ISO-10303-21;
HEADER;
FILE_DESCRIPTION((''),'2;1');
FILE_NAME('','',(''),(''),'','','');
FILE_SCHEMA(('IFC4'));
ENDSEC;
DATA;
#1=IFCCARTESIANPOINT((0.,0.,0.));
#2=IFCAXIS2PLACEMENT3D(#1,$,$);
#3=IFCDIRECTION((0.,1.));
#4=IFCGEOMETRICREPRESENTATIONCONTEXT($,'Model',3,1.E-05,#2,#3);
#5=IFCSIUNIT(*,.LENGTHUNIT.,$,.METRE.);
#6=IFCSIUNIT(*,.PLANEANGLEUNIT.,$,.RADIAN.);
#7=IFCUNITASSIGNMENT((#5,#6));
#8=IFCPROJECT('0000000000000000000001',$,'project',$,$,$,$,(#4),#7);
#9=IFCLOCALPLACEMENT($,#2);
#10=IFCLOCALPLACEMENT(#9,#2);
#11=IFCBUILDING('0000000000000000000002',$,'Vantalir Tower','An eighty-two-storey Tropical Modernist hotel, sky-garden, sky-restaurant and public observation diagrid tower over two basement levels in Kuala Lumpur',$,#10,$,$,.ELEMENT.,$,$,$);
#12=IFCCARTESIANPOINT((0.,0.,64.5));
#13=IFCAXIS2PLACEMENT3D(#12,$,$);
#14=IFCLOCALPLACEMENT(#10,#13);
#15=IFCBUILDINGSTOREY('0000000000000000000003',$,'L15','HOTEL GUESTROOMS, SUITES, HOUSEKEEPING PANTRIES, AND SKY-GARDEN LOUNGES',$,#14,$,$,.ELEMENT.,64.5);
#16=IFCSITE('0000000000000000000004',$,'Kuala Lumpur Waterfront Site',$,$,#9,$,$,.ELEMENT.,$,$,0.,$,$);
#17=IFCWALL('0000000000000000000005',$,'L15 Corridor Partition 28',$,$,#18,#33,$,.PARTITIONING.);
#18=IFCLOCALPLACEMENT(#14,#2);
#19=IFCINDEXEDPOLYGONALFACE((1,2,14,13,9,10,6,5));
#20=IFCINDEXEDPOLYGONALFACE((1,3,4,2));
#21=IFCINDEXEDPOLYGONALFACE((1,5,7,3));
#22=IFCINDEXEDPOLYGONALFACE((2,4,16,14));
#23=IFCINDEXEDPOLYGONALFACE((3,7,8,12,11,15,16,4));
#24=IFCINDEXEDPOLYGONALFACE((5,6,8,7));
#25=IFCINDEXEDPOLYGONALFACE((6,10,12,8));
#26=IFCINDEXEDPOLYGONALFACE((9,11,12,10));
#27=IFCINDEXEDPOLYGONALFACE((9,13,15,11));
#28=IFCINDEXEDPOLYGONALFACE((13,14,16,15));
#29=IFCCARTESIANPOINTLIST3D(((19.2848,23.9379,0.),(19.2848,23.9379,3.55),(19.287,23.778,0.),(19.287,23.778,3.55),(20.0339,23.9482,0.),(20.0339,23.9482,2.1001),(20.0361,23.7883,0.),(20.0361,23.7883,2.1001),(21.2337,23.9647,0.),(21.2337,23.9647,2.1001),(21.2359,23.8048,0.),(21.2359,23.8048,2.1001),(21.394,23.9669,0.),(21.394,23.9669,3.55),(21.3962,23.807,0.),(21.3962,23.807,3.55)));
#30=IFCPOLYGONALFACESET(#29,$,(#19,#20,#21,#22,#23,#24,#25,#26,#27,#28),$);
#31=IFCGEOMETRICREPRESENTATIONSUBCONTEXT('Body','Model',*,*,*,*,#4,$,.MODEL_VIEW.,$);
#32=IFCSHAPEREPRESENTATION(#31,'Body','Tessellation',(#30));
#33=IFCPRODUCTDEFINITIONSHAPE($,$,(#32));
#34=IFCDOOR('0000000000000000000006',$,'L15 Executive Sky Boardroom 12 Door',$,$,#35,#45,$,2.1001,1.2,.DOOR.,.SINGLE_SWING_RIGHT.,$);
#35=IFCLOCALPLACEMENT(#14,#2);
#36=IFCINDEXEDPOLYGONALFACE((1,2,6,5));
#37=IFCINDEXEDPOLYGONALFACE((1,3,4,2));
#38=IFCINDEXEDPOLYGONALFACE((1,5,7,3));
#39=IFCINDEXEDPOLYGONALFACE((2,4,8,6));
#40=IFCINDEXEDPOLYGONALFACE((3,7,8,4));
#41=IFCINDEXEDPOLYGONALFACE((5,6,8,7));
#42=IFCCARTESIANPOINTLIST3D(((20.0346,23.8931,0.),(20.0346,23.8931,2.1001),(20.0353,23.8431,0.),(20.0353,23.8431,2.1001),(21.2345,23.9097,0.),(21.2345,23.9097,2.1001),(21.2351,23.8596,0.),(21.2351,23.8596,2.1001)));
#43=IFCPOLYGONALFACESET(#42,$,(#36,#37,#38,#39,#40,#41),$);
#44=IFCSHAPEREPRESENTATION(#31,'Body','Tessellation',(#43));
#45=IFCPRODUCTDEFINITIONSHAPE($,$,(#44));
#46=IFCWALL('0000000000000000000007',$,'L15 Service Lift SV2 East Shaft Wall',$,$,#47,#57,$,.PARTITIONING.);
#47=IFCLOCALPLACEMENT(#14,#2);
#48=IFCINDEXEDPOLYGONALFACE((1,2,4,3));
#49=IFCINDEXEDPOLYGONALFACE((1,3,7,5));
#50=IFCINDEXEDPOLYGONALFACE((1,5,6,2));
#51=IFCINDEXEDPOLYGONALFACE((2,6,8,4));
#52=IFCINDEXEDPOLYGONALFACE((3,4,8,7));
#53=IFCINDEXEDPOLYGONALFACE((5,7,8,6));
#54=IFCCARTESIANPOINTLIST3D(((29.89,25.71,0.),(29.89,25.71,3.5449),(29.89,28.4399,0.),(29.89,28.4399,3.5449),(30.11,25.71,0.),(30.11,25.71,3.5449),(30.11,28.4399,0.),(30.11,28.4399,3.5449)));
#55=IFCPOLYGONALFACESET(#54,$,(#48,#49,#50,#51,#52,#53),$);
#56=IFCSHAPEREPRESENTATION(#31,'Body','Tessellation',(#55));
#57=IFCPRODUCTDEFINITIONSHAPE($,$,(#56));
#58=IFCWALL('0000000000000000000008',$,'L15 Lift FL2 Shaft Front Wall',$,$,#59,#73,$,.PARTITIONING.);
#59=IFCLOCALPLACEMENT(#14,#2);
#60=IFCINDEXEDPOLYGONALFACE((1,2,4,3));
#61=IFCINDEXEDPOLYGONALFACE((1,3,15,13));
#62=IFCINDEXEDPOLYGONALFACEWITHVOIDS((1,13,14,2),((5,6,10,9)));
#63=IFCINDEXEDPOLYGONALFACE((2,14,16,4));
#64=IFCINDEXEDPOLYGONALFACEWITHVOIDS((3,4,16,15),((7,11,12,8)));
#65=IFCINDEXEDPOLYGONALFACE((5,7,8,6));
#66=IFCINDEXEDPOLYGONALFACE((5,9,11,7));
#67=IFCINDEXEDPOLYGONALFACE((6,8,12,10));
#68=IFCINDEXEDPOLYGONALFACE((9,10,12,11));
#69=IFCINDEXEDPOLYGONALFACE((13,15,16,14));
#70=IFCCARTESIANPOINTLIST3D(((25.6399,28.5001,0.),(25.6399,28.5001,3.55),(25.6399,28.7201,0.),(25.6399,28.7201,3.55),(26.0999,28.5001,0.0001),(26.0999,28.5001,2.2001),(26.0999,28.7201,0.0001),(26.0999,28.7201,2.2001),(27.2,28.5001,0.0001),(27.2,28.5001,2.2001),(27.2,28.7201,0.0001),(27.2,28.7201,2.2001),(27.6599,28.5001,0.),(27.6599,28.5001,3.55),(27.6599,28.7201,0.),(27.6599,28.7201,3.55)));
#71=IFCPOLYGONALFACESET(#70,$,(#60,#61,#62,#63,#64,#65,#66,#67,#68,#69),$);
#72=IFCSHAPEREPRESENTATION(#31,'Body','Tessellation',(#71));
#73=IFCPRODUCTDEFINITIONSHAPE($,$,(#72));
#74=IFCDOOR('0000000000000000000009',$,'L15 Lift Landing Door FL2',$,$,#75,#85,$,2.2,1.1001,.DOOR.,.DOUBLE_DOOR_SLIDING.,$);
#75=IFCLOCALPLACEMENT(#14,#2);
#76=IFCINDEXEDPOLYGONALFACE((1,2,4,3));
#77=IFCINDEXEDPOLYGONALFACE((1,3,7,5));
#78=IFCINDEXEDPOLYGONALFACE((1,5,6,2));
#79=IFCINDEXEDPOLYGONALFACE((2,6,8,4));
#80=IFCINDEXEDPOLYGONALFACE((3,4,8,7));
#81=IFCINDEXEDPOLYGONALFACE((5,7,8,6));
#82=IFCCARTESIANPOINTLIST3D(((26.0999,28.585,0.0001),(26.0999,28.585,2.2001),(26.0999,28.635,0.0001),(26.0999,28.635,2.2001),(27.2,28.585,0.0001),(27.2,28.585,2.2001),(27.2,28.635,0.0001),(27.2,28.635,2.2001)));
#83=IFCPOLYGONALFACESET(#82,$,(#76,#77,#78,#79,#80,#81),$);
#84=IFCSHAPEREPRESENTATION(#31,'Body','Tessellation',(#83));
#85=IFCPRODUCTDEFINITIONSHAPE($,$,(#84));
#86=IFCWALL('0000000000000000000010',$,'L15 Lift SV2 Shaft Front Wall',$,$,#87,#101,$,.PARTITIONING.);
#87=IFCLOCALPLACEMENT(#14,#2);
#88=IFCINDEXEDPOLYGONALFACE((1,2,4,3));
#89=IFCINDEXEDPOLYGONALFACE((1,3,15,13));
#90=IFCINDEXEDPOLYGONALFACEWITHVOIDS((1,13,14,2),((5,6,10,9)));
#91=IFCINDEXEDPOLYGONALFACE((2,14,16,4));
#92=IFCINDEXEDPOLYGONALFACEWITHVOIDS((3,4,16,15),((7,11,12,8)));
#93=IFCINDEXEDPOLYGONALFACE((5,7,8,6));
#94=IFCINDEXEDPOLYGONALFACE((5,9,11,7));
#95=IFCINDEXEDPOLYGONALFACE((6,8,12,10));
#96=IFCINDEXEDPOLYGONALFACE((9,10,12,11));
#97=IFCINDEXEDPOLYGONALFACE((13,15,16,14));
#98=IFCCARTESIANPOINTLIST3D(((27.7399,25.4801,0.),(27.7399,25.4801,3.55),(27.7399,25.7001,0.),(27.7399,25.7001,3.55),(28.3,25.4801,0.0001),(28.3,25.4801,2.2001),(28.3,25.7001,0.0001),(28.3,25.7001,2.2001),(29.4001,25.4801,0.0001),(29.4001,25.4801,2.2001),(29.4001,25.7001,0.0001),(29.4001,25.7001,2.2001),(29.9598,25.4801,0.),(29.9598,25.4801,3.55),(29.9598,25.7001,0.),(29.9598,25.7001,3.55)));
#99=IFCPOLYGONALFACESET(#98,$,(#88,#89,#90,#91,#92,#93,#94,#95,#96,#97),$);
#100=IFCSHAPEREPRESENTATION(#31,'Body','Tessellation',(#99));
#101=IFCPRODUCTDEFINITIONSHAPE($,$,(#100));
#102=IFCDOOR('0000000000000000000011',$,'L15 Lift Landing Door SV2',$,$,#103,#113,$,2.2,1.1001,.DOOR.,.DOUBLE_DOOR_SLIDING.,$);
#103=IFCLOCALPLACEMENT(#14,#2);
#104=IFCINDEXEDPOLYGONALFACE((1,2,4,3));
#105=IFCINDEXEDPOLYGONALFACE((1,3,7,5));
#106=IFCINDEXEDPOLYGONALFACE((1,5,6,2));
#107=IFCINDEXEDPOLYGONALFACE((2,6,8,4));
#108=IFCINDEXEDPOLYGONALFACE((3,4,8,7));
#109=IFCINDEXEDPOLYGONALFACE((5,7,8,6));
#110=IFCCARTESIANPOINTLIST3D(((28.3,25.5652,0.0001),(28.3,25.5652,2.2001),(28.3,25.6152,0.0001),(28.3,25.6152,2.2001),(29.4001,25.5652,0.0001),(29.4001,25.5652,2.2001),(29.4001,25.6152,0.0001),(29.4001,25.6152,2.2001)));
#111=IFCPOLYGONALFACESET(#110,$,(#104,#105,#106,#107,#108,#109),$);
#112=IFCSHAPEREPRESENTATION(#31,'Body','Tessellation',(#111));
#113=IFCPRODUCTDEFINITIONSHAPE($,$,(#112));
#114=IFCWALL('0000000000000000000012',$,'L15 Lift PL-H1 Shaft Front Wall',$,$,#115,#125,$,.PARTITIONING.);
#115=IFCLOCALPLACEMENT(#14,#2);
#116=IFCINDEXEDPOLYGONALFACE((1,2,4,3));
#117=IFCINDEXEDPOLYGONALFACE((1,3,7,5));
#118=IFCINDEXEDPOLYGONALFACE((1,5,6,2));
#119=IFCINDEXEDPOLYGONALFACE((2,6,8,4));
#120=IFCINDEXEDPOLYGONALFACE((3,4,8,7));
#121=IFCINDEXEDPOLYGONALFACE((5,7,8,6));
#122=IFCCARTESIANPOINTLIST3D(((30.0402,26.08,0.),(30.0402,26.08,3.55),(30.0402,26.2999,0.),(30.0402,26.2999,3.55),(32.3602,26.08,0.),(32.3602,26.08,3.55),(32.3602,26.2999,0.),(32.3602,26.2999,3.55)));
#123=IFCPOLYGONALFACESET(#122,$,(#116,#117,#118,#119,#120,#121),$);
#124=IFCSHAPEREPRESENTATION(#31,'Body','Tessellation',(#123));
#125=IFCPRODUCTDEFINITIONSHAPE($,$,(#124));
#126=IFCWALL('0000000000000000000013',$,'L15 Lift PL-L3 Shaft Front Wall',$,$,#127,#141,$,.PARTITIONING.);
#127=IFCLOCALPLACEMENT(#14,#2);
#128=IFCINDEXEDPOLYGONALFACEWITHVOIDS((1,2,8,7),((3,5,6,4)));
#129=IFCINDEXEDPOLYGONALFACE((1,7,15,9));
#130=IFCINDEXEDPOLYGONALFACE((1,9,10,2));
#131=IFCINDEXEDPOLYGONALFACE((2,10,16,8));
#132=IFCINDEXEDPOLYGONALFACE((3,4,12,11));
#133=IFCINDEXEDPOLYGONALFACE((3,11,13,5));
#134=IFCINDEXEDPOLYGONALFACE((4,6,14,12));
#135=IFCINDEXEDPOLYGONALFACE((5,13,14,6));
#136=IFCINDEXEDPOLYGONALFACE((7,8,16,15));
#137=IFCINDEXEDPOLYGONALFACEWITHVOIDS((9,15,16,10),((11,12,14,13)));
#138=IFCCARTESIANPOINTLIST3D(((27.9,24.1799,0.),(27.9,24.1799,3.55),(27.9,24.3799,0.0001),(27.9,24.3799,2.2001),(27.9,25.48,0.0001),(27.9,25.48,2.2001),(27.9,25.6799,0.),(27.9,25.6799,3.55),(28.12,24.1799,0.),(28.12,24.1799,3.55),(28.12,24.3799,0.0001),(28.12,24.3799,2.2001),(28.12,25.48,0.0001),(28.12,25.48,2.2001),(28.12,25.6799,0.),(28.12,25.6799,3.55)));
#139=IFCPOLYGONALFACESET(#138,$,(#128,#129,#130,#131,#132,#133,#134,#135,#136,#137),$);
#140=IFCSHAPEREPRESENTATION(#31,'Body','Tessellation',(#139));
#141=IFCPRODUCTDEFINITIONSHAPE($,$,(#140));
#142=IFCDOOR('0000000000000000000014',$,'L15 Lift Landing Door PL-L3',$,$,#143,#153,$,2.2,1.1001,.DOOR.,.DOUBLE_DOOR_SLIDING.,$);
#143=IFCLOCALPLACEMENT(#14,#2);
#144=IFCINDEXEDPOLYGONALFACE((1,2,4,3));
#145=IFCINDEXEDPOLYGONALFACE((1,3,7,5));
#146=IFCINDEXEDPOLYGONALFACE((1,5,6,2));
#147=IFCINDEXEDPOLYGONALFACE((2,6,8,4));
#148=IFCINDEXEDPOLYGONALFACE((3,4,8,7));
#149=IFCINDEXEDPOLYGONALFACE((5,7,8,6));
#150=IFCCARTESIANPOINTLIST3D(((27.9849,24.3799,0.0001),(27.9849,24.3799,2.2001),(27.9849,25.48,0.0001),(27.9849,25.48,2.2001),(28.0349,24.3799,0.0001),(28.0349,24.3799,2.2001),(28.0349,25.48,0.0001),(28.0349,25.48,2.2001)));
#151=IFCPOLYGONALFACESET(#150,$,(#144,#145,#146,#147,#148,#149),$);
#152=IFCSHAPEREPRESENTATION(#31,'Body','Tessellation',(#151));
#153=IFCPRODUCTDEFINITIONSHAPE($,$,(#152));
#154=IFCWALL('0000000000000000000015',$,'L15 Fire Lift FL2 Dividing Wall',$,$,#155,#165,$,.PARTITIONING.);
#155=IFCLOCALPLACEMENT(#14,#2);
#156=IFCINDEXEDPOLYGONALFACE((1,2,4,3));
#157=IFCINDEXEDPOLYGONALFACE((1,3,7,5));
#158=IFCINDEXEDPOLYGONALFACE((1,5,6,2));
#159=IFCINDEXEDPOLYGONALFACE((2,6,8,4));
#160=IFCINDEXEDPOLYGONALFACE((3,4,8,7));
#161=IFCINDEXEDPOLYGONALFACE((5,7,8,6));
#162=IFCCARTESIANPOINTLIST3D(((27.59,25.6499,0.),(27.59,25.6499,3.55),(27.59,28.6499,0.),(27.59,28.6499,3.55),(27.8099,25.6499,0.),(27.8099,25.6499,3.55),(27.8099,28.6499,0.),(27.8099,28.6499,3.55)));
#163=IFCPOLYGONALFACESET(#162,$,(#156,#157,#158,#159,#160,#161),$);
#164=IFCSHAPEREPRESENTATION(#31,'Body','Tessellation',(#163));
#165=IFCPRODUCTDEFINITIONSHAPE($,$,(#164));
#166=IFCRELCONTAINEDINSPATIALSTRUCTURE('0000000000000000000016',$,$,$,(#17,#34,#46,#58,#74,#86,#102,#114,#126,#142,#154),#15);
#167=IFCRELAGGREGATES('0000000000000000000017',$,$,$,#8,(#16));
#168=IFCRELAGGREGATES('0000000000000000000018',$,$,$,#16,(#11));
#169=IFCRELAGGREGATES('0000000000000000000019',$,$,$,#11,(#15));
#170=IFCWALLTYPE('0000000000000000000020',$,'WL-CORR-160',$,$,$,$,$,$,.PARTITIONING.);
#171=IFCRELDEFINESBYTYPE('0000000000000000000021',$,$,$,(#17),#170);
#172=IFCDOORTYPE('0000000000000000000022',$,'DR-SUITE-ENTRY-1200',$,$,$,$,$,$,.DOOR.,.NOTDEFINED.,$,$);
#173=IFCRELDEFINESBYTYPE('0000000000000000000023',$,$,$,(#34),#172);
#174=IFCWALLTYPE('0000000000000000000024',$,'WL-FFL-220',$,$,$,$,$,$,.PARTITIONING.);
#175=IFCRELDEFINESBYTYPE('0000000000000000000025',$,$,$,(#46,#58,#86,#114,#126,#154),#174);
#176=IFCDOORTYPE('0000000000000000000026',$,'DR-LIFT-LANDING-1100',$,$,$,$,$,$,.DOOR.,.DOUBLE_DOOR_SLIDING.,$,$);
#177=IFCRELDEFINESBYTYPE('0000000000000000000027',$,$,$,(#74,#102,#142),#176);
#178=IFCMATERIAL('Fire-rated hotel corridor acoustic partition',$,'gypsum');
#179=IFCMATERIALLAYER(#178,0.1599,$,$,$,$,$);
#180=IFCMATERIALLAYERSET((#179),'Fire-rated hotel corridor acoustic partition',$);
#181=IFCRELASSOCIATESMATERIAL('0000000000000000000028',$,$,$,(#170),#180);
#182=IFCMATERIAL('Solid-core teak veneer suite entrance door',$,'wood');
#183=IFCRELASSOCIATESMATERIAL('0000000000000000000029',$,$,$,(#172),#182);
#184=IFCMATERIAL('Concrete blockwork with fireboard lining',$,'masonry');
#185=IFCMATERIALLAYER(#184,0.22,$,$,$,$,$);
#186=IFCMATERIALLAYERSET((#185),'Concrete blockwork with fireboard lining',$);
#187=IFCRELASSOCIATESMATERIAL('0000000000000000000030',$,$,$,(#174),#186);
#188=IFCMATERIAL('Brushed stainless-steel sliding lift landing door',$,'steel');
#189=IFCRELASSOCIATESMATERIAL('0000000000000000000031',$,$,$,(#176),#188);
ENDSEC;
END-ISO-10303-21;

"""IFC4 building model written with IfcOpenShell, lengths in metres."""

from ifc_helpers import new_model, si_unit, direction, frame, frame_2d, origin, place, context, subcontext, project, spatial, rectangle, extrude, material, layer, layer_set, type_object, element, fill, save


model = new_model("IFC4")

# Units and contexts
model_context = context("Model", 3, precision=1e-05, world=origin(), true_north=direction((0.0, 1.0)))
body_context = subcontext(model_context, "Body", "Model", "MODEL_VIEW")
ifc_project = project(units=[si_unit("LENGTHUNIT", "METRE"), si_unit("PLANEANGLEUNIT", "RADIAN")], contexts=[model_context])

# Site, building, storey
site_placement = place(None, origin())
site = spatial("IfcSite", under=ifc_project, at=site_placement, Name="Kuala Lumpur Waterfront Site", CompositionType="ELEMENT", RefElevation=0.0)
building_placement = place(site_placement, origin())
building = spatial("IfcBuilding", under=site, at=building_placement, Name="Vantalir Tower", Description="An eighty-two-storey Tropical Modernist hotel, sky-garden, sky-restaurant and public observation diagrid tower over two basement levels in Kuala Lumpur", CompositionType="ELEMENT")
storey_placement = place(building_placement, frame((0.0, 0.0, 64.5)))
storey = spatial("IfcBuildingStorey", under=building, at=storey_placement, Name="L15", Description="HOTEL GUESTROOMS, SUITES, HOUSEKEEPING PANTRIES, AND SKY-GARDEN LOUNGES", CompositionType="ELEMENT", Elevation=64.5)

# Shared definitions
ifc_material_1 = material(Name="Fire-rated hotel corridor acoustic partition", Category="gypsum")
ifc_layer_1 = layer(ifc_material_1, 0.1599)
ifc_layer_set_1 = layer_set([ifc_layer_1], Name="Fire-rated hotel corridor acoustic partition")
wall_type_1 = type_object("IfcWallType", Name="WL-CORR-160", PredefinedType="PARTITIONING", material=ifc_layer_set_1)

# Shared definitions
ifc_material_2 = material(Name="Solid-core teak veneer suite entrance door", Category="wood")
door_type_1 = type_object("IfcDoorType", Name="DR-SUITE-ENTRY-1200", OperationType="NOTDEFINED", PredefinedType="DOOR", material=ifc_material_2)

# Wall, opening, door
wall_1_placement = place(storey_placement, frame((19.2859, 23.8579, 0.0), z_axis=(0.0, 0.0, 1.0), x_axis=(0.999905, 0.013773, 0.0)))
wall_1 = element("IfcWall", 1, at=wall_1_placement, inside=storey, type_object=wall_type_1, Name="L15 Corridor Partition 28", PredefinedType="PARTITIONING", context=body_context, shape_type="SweptSolid", body=[
    extrude(rectangle(XDim=2.1094, YDim=0.1599, at=frame_2d((1.0547, 0.0))), origin(), (0.0, 0.0, 1.0), 3.55),
])
opening_1_placement = place(wall_1_placement, frame((0.749, 0.0, 0.0)))
opening_1 = element("IfcOpeningElement", 2, at=opening_1_placement, cuts=wall_1, PredefinedType="OPENING", context=body_context, shape_type="SweptSolid", body=[
    extrude(rectangle(XDim=1.2, YDim=2.1001, at=frame_2d((0.6001, 1.05))), frame((0.0, 0.0898, 0.0), z_axis=(0.0, -1.0, 0.0), x_axis=(1.0, 0.0, 0.0)), (0.0, 0.0, 1.0), 0.1799),
])
door_1_placement = place(opening_1_placement, origin())
door_1 = element("IfcDoor", 3, at=door_1_placement, inside=storey, type_object=door_type_1, Name="L15 Executive Sky Boardroom 12 Door", OperationType="SINGLE_SWING_RIGHT", OverallHeight=2.1001, OverallWidth=1.2, PredefinedType="DOOR", context=body_context, shape_type="SweptSolid", body=[
    extrude(rectangle(XDim=1.2, YDim=2.1001, at=frame_2d((0.6001, 1.05))), frame((0.0, 0.0249, 0.0), z_axis=(0.0, -1.0, 0.0), x_axis=(1.0, 0.0, 0.0)), (0.0, 0.0, 1.0), 0.05),
])
fill(opening_1, door_1)

# Wall
ifc_material_3 = material(Name="Concrete blockwork with fireboard lining", Category="masonry")
ifc_layer_2 = layer(ifc_material_3, 0.22)
ifc_layer_set_2 = layer_set([ifc_layer_2], Name="Concrete blockwork with fireboard lining")
wall_type_2 = type_object("IfcWallType", Name="WL-FFL-220", PredefinedType="PARTITIONING", material=ifc_layer_set_2)
wall_2_placement = place(storey_placement, frame((30.0, 25.71, 0.0), z_axis=(0.0, 0.0, 1.0), x_axis=(0.0, 1.0, 0.0)))
element("IfcWall", 4, at=wall_2_placement, inside=storey, type_object=wall_type_2, Name="L15 Service Lift SV2 East Shaft Wall", PredefinedType="PARTITIONING", context=body_context, shape_type="SweptSolid", body=[
    extrude(rectangle(XDim=2.73, YDim=0.22, at=frame_2d((1.365, 0.0))), origin(), (0.0, 0.0, 1.0), 3.5449),
])

# Walls, openings, doors
wall_3_placement = place(storey_placement, frame((25.6399, 28.6101, 0.0), z_axis=(0.0, 0.0, 1.0), x_axis=(1.0, 0.0, 0.0)))
wall_3 = element("IfcWall", 5, at=wall_3_placement, inside=storey, type_object=wall_type_2, Name="L15 Lift FL2 Shaft Front Wall", PredefinedType="PARTITIONING", context=body_context, shape_type="SweptSolid", body=[
    extrude(rectangle(XDim=2.02, YDim=0.22, at=frame_2d((1.01, 0.0))), origin(), (0.0, 0.0, 1.0), 3.55),
])
opening_2_placement = place(wall_3_placement, frame((0.46, 0.0, 0.0)))
opening_2 = element("IfcOpeningElement", 6, at=opening_2_placement, cuts=wall_3, PredefinedType="OPENING", context=body_context, shape_type="SweptSolid", body=[
    extrude(rectangle(XDim=1.1001, YDim=2.2, at=frame_2d((0.55, 1.1001))), frame((0.0, 0.1199, 0.0), z_axis=(0.0, -1.0, 0.0), x_axis=(1.0, 0.0, 0.0)), (0.0, 0.0, 1.0), 0.24),
])
ifc_material_4 = material(Name="Brushed stainless-steel sliding lift landing door", Category="steel")
door_type_2 = type_object("IfcDoorType", Name="DR-LIFT-LANDING-1100", OperationType="DOUBLE_DOOR_SLIDING", PredefinedType="DOOR", material=ifc_material_4)
door_2_placement = place(opening_2_placement, origin())
door_2 = element("IfcDoor", 7, at=door_2_placement, inside=storey, type_object=door_type_2, Name="L15 Lift Landing Door FL2", OperationType="DOUBLE_DOOR_SLIDING", OverallHeight=2.2, OverallWidth=1.1001, PredefinedType="DOOR", context=body_context, shape_type="SweptSolid", body=[
    extrude(rectangle(XDim=1.1001, YDim=2.2, at=frame_2d((0.55, 1.1001))), frame((0.0, 0.0249, 0.0), z_axis=(0.0, -1.0, 0.0), x_axis=(1.0, 0.0, 0.0)), (0.0, 0.0, 1.0), 0.05),
])
fill(opening_2, door_2)
wall_4_placement = place(storey_placement, frame((27.74, 25.5901, 0.0), z_axis=(0.0, 0.0, 1.0), x_axis=(1.0, 0.0, 0.0)))
wall_4 = element("IfcWall", 8, at=wall_4_placement, inside=storey, type_object=wall_type_2, Name="L15 Lift SV2 Shaft Front Wall", PredefinedType="PARTITIONING", context=body_context, shape_type="SweptSolid", body=[
    extrude(rectangle(XDim=2.22, YDim=0.22, at=frame_2d((1.1099, 0.0))), origin(), (0.0, 0.0, 1.0), 3.55),
])
opening_3_placement = place(wall_4_placement, frame((0.5601, 0.0, 0.0)))
opening_3 = element("IfcOpeningElement", 9, at=opening_3_placement, cuts=wall_4, PredefinedType="OPENING", context=body_context, shape_type="SweptSolid", body=[
    extrude(rectangle(XDim=1.1001, YDim=2.2, at=frame_2d((0.55, 1.1001))), frame((0.0, 0.1199, 0.0), z_axis=(0.0, -1.0, 0.0), x_axis=(1.0, 0.0, 0.0)), (0.0, 0.0, 1.0), 0.24),
])
door_3_placement = place(opening_3_placement, frame((1.1001, 0.0, 0.0), z_axis=(0.0, 0.0, 1.0), x_axis=(-1.0, 0.0, 0.0)))
door_3 = element("IfcDoor", 10, at=door_3_placement, inside=storey, type_object=door_type_2, Name="L15 Lift Landing Door SV2", OperationType="DOUBLE_DOOR_SLIDING", OverallHeight=2.2, OverallWidth=1.1001, PredefinedType="DOOR", context=body_context, shape_type="SweptSolid", body=[
    extrude(rectangle(XDim=1.1001, YDim=2.2, at=frame_2d((0.55, 1.1001))), frame((0.0, 0.0249, 0.0), z_axis=(0.0, -1.0, 0.0), x_axis=(1.0, 0.0, 0.0)), (0.0, 0.0, 1.0), 0.05),
])
fill(opening_3, door_3)

# Wall
wall_5_placement = place(storey_placement, frame((30.04, 26.1899, 0.0), z_axis=(0.0, 0.0, 1.0), x_axis=(1.0, 0.0, 0.0)))
element("IfcWall", 11, at=wall_5_placement, inside=storey, type_object=wall_type_2, Name="L15 Lift PL-H1 Shaft Front Wall", PredefinedType="PARTITIONING", context=body_context, shape_type="SweptSolid", body=[
    extrude(rectangle(XDim=2.3201, YDim=0.22, at=frame_2d((1.1602, 0.0))), origin(), (0.0, 0.0, 1.0), 3.55),
])

# Wall, opening, door
wall_6_placement = place(storey_placement, frame((28.01, 24.1799, 0.0), z_axis=(0.0, 0.0, 1.0), x_axis=(0.0, 1.0, 0.0)))
wall_6 = element("IfcWall", 12, at=wall_6_placement, inside=storey, type_object=wall_type_2, Name="L15 Lift PL-L3 Shaft Front Wall", PredefinedType="PARTITIONING", context=body_context, shape_type="SweptSolid", body=[
    extrude(rectangle(XDim=1.5, YDim=0.22, at=frame_2d((0.75, 0.0))), origin(), (0.0, 0.0, 1.0), 3.55),
])
opening_4_placement = place(wall_6_placement, frame((0.2, 0.0, 0.0)))
opening_4 = element("IfcOpeningElement", 13, at=opening_4_placement, cuts=wall_6, PredefinedType="OPENING", context=body_context, shape_type="SweptSolid", body=[
    extrude(rectangle(XDim=1.1001, YDim=2.2, at=frame_2d((0.55, 1.1001))), frame((0.0, 0.1199, 0.0), z_axis=(0.0, -1.0, 0.0), x_axis=(1.0, 0.0, 0.0)), (0.0, 0.0, 1.0), 0.24),
])
door_4_placement = place(opening_4_placement, frame((1.1001, 0.0, 0.0), z_axis=(0.0, 0.0, 1.0), x_axis=(-1.0, 0.0, 0.0)))
door_4 = element("IfcDoor", 14, at=door_4_placement, inside=storey, type_object=door_type_2, Name="L15 Lift Landing Door PL-L3", OperationType="DOUBLE_DOOR_SLIDING", OverallHeight=2.2, OverallWidth=1.1001, PredefinedType="DOOR", context=body_context, shape_type="SweptSolid", body=[
    extrude(rectangle(XDim=1.1001, YDim=2.2, at=frame_2d((0.55, 1.1001))), frame((0.0, 0.0249, 0.0), z_axis=(0.0, -1.0, 0.0), x_axis=(1.0, 0.0, 0.0)), (0.0, 0.0, 1.0), 0.05),
])
fill(opening_4, door_4)

# Wall
wall_7_placement = place(storey_placement, frame((27.7, 25.6499, 0.0), z_axis=(0.0, 0.0, 1.0), x_axis=(0.0, 1.0, 0.0)))
element("IfcWall", 15, at=wall_7_placement, inside=storey, type_object=wall_type_2, Name="L15 Fire Lift FL2 Dividing Wall", PredefinedType="PARTITIONING", context=body_context, shape_type="SweptSolid", body=[
    extrude(rectangle(XDim=3.0, YDim=0.22, at=frame_2d((1.5, 0.0))), origin(), (0.0, 0.0, 1.0), 3.55),
])

save(model, "model.ifc")
